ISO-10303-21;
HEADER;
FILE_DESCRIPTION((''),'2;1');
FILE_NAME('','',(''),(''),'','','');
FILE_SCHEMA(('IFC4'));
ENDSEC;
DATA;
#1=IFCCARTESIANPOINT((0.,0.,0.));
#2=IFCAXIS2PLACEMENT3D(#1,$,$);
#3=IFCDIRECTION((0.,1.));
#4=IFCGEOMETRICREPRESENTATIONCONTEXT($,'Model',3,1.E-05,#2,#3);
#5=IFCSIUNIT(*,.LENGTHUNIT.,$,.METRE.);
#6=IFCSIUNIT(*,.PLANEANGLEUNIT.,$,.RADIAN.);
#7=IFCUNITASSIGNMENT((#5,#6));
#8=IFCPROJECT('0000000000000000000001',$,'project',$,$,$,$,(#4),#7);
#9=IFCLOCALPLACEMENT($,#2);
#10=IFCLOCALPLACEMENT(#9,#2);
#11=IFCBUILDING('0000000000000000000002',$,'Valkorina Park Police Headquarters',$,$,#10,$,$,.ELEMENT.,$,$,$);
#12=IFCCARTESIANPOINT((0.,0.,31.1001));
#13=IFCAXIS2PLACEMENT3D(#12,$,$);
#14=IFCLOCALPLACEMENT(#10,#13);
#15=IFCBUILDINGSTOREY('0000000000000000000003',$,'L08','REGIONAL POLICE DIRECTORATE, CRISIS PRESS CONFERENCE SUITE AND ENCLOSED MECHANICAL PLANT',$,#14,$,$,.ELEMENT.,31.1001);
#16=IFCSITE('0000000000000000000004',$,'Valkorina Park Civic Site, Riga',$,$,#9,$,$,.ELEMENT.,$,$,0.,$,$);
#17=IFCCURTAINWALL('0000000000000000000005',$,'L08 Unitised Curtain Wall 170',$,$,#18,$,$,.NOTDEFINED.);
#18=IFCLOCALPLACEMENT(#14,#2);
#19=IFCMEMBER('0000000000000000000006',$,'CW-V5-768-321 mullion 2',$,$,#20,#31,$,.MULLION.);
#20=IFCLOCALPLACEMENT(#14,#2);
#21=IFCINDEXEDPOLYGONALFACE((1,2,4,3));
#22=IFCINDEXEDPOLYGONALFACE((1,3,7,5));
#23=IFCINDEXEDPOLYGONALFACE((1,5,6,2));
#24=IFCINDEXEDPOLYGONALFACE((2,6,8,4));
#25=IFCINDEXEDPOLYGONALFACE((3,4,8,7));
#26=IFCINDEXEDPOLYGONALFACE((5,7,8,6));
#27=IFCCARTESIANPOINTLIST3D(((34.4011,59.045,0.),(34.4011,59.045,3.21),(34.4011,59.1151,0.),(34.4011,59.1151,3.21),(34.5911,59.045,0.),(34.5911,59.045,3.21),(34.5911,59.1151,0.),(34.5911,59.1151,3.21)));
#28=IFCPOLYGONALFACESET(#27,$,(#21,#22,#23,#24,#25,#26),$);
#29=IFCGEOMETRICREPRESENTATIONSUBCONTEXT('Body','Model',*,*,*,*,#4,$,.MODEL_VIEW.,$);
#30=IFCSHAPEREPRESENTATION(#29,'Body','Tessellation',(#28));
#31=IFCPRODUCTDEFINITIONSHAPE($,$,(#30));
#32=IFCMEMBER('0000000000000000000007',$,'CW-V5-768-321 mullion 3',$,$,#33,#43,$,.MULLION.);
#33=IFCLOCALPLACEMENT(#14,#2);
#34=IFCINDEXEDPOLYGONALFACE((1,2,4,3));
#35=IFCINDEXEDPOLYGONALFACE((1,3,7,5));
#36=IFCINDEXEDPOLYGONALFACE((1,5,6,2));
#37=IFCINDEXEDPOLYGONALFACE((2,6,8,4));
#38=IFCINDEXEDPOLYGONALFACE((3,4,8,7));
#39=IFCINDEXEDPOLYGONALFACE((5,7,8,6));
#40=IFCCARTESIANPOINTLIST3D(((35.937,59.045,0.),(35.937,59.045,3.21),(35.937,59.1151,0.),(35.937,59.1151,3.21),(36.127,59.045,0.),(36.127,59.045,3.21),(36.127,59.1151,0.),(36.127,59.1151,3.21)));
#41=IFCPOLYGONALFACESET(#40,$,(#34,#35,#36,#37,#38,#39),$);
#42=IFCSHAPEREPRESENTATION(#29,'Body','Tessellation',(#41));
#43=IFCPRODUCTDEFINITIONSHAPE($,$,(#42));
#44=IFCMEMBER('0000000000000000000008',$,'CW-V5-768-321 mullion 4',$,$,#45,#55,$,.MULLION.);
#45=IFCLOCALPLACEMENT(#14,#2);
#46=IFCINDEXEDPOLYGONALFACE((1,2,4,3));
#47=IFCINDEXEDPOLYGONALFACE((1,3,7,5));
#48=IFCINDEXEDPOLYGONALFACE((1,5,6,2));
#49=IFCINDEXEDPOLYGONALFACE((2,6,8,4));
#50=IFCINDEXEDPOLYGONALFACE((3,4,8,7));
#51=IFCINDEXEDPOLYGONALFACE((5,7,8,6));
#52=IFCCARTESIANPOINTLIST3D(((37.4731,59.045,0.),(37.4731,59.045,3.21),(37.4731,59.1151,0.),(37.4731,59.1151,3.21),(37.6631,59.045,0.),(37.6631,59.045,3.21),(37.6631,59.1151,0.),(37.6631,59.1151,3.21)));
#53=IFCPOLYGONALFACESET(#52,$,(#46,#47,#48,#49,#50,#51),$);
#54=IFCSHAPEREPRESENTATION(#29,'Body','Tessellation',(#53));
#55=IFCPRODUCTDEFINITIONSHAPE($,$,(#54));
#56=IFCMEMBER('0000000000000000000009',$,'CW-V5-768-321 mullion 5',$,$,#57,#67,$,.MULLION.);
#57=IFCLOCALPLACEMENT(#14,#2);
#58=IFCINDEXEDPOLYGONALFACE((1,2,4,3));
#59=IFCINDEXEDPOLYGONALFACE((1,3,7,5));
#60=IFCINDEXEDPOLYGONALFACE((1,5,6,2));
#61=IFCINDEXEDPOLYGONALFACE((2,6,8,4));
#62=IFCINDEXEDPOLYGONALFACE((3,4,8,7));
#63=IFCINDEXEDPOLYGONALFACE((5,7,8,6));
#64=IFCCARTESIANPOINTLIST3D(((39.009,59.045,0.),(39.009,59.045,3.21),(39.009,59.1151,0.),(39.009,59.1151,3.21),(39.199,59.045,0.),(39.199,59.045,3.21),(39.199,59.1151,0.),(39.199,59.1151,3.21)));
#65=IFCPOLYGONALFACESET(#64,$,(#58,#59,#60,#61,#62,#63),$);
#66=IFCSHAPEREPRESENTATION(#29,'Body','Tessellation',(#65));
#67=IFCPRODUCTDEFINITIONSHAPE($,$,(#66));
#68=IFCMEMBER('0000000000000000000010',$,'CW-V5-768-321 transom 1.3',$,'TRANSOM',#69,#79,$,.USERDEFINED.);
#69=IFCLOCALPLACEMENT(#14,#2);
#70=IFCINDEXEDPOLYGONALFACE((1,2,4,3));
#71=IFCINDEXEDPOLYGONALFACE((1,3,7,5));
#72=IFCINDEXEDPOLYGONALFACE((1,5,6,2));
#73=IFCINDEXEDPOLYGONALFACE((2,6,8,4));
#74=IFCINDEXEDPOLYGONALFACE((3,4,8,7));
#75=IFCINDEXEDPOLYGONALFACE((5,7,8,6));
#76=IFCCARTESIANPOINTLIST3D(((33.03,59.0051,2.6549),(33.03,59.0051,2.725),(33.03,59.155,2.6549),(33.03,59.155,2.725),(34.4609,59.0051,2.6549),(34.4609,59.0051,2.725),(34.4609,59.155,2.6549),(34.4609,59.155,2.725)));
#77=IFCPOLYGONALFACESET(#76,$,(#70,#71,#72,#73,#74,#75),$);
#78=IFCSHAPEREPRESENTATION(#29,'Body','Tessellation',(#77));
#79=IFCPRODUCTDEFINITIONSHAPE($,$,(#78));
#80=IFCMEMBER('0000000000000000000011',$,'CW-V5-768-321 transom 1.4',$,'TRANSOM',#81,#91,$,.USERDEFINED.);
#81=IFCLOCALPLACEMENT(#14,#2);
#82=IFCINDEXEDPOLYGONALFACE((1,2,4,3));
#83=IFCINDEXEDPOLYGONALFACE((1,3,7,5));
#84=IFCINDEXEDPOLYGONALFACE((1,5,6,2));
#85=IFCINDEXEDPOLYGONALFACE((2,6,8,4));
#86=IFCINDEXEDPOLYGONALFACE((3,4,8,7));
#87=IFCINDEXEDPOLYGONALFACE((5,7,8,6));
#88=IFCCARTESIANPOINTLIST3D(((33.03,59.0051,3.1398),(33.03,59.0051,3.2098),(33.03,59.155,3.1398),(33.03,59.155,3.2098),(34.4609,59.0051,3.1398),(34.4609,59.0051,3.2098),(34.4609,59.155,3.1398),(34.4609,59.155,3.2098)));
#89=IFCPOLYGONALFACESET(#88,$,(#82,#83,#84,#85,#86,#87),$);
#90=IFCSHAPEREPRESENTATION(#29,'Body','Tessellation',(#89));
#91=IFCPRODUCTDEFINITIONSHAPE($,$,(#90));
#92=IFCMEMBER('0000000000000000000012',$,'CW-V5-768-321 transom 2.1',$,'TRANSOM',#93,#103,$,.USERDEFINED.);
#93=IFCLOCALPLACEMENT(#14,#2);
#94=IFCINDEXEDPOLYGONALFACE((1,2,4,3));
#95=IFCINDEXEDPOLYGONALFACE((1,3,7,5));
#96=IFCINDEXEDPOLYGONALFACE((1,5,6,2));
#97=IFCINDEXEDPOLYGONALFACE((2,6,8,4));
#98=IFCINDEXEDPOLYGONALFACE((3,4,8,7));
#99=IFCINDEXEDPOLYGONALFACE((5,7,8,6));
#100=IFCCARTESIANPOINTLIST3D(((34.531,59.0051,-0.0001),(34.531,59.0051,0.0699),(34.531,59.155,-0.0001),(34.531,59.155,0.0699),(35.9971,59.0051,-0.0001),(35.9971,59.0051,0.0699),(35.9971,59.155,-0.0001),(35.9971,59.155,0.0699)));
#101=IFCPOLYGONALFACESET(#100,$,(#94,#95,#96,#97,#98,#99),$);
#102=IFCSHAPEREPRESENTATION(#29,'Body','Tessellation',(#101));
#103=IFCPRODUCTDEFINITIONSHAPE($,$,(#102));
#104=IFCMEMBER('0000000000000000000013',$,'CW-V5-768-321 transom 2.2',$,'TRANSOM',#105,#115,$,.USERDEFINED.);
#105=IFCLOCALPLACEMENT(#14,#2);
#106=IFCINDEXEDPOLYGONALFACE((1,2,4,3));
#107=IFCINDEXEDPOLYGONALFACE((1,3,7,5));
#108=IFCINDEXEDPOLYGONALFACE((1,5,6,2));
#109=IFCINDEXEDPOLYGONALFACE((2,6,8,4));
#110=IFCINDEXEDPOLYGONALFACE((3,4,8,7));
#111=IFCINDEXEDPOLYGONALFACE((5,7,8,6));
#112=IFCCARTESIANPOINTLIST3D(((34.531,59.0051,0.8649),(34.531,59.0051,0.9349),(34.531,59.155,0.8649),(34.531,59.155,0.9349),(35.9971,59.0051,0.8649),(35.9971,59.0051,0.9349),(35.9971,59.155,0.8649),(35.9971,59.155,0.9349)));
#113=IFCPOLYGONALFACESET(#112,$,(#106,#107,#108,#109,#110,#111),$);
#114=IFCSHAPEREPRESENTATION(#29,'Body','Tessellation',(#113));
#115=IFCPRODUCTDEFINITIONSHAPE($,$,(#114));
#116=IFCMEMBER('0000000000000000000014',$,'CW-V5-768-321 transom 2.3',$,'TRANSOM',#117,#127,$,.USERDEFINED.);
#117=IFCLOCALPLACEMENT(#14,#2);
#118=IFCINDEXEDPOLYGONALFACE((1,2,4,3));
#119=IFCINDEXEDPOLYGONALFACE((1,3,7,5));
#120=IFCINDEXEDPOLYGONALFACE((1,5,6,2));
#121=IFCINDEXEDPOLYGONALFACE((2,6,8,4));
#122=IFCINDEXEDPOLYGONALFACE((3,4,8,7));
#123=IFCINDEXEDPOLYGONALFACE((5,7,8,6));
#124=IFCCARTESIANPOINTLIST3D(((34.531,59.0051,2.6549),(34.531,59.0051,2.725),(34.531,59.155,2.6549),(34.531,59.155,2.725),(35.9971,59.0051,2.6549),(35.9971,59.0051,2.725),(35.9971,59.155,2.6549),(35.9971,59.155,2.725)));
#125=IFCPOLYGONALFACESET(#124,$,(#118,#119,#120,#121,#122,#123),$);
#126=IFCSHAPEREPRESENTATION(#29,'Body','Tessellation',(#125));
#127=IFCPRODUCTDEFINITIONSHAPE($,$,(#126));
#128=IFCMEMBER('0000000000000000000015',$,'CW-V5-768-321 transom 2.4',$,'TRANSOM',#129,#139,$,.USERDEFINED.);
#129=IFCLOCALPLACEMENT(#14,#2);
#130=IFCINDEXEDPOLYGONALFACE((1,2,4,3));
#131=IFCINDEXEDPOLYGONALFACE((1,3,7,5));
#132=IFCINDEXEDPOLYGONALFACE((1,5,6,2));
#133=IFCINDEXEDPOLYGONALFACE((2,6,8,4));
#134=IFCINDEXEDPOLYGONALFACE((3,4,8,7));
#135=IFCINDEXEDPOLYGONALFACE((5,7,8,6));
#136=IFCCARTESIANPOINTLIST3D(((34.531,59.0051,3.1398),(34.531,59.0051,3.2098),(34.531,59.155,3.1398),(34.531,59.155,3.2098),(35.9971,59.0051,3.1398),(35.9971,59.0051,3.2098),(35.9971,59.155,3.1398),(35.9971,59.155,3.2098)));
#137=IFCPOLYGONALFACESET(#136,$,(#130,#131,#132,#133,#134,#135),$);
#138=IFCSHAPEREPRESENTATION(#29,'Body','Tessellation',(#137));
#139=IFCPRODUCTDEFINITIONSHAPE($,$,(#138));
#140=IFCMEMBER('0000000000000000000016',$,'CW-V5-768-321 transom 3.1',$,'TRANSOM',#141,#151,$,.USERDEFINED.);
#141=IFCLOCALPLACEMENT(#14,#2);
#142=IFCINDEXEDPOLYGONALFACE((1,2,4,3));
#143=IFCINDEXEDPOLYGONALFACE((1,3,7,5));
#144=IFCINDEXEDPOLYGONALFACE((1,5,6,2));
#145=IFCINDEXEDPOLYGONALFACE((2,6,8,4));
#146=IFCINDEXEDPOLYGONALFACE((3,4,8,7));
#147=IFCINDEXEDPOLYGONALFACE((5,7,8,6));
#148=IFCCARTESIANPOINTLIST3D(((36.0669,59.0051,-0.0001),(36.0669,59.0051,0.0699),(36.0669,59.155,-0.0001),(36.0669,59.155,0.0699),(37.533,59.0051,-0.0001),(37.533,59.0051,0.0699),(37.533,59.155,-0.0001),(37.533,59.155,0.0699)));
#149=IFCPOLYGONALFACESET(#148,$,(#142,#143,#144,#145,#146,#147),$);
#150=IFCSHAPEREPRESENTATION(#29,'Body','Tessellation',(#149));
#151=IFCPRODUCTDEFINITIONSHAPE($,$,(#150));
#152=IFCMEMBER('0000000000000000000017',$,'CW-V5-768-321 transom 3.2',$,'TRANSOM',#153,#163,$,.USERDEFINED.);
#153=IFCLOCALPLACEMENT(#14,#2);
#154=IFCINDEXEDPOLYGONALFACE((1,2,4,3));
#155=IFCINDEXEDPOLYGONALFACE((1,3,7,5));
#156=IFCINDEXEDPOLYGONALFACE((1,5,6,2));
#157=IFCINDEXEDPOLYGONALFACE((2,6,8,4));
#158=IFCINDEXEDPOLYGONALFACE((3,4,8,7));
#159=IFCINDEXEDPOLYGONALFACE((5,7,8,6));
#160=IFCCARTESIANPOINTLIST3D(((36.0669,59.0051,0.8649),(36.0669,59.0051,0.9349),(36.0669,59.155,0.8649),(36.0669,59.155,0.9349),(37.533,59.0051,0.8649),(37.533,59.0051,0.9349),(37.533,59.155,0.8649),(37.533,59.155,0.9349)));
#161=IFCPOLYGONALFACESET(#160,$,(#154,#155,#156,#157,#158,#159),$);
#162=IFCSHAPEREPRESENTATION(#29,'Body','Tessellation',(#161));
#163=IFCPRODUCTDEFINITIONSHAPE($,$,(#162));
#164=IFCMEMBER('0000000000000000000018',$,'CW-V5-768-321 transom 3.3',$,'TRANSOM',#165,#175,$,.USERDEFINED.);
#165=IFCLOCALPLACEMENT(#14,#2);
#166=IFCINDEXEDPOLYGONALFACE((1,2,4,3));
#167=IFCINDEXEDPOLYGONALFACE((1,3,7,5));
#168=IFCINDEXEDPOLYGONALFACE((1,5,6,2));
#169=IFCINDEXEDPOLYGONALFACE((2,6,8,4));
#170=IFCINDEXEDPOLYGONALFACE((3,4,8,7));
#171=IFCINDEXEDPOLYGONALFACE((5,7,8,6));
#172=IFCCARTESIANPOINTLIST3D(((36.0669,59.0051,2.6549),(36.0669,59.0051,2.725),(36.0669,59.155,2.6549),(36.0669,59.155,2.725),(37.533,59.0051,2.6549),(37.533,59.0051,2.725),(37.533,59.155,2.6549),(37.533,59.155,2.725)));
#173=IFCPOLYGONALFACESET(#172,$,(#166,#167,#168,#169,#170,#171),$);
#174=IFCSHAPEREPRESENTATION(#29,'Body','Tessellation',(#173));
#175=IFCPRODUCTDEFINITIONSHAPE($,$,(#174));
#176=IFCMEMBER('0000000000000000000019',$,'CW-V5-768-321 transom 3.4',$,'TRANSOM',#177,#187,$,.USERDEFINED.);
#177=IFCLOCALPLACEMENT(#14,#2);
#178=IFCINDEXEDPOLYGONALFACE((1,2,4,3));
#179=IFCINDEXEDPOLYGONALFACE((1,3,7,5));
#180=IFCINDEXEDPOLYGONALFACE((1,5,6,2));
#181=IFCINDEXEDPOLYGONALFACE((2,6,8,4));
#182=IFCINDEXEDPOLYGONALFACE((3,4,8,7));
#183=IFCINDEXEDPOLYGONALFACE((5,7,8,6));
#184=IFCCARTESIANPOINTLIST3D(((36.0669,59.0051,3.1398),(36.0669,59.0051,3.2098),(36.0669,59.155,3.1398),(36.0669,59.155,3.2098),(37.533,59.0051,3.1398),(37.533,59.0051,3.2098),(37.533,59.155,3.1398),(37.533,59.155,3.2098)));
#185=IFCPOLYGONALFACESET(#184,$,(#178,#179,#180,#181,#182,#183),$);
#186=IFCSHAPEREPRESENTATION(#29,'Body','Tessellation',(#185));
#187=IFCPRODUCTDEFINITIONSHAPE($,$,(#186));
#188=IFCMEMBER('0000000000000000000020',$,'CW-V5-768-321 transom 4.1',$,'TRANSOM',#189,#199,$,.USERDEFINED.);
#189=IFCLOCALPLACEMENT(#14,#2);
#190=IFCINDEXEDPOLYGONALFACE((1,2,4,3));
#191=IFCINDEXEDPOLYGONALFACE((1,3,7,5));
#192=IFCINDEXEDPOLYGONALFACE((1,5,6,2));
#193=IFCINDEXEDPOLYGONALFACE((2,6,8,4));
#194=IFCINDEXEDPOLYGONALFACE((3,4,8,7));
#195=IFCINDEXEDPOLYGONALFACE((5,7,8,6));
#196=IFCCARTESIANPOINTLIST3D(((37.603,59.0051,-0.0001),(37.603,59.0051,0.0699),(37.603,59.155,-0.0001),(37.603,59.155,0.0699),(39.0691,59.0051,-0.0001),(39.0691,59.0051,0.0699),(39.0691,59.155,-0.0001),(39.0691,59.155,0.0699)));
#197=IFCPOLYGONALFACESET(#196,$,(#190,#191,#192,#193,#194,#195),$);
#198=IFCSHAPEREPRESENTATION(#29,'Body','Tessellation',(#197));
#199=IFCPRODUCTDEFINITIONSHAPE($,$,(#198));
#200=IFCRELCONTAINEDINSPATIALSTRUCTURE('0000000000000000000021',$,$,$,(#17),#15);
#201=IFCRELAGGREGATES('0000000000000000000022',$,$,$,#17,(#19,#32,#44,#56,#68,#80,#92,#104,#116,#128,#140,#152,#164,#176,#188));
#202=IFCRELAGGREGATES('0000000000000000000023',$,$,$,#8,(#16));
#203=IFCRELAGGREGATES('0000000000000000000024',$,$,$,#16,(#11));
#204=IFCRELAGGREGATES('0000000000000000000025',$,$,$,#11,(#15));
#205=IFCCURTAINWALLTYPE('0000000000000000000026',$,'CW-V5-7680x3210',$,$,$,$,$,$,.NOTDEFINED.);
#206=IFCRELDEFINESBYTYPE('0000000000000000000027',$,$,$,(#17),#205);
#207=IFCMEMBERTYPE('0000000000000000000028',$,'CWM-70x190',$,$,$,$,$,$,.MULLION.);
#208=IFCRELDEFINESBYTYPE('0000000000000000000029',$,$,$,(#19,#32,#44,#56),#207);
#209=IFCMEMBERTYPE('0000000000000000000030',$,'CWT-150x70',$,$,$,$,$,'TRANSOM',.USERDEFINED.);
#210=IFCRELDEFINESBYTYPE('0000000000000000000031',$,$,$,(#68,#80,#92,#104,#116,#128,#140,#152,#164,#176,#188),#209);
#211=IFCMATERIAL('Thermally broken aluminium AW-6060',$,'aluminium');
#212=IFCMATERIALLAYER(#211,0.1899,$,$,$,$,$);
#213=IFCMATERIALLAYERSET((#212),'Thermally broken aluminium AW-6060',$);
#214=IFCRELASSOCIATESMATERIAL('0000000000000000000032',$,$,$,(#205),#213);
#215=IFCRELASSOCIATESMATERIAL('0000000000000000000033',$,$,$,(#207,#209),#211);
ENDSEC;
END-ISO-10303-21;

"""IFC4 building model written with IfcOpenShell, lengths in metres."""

from ifc_helpers import new_model, si_unit, direction, frame, origin, origin_2d, place, context, subcontext, project, spatial, rectangle, extrude, material, layer, layer_set, material_profile, profile_set, type_object, element, aggregate, save


model = new_model("IFC4")

# Units and contexts
model_context = context("Model", 3, precision=1e-05, world=origin(), true_north=direction((0.0, 1.0)))
body_context = subcontext(model_context, "Body", "Model", "MODEL_VIEW")
ifc_project = project(units=[si_unit("LENGTHUNIT", "METRE"), si_unit("PLANEANGLEUNIT", "RADIAN")], contexts=[model_context])

# Site, building, storey
site_placement = place(None, origin())
site = spatial("IfcSite", under=ifc_project, at=site_placement, Name="Valkorina Park Civic Site, Riga", CompositionType="ELEMENT", RefElevation=0.0)
building_placement = place(site_placement, origin())
building = spatial("IfcBuilding", under=site, at=building_placement, Name="Valkorina Park Police Headquarters", CompositionType="ELEMENT")
storey_placement = place(building_placement, frame((0.0, 0.0, 31.1001)))
storey = spatial("IfcBuildingStorey", under=building, at=storey_placement, Name="L08", Description="REGIONAL POLICE DIRECTORATE, CRISIS PRESS CONFERENCE SUITE AND ENCLOSED MECHANICAL PLANT", CompositionType="ELEMENT", Elevation=31.1001)

# Curtain wall, members
ifc_material_1 = material(Name="Thermally broken aluminium AW-6060", Category="aluminium")
ifc_layer_1 = layer(ifc_material_1, 0.1899)
ifc_layer_set_1 = layer_set([ifc_layer_1], Name="Thermally broken aluminium AW-6060")
curtain_wall_type = type_object("IfcCurtainWallType", Name="CW-V5-7680x3210", PredefinedType="NOTDEFINED", material=ifc_layer_set_1)
curtain_wall_placement = place(storey_placement, origin())
curtain_wall = element("IfcCurtainWall", 1, at=curtain_wall_placement, inside=storey, type_object=curtain_wall_type, Name="L08 Unitised Curtain Wall 170", PredefinedType="NOTDEFINED")
ifc_material_profile_1 = material_profile(ifc_material_1, rectangle(XDim=0.0701, YDim=0.1899, at=origin_2d()), Name="CWM-02 70x190")
ifc_profile_set_1 = profile_set([ifc_material_profile_1], Name="Thermally broken aluminium AW-6060")
member_type_1 = type_object("IfcMemberType", Name="CWM-70x190", PredefinedType="MULLION", material=ifc_profile_set_1)
member_1_placement = place(storey_placement, frame((34.4961, 59.0801, 0.0), z_axis=(0.0, 0.0, 1.0), x_axis=(0.0, 1.0, 0.0)))
member_1 = element("IfcMember", 2, at=member_1_placement, type_object=member_type_1, Name="CW-V5-768-321 mullion 2", PredefinedType="MULLION", context=body_context, shape_type="SweptSolid", body=[
    extrude(rectangle(XDim=0.0701, YDim=0.1899, at=origin_2d()), origin(), (0.0, 0.0, 1.0), 3.21),
])
member_2_placement = place(storey_placement, frame((36.032, 59.0801, 0.0), z_axis=(0.0, 0.0, 1.0), x_axis=(0.0, 1.0, 0.0)))
member_2 = element("IfcMember", 3, at=member_2_placement, type_object=member_type_1, Name="CW-V5-768-321 mullion 3", PredefinedType="MULLION", context=body_context, shape_type="SweptSolid", body=[
    extrude(rectangle(XDim=0.0701, YDim=0.1899, at=origin_2d()), origin(), (0.0, 0.0, 1.0), 3.21),
])
member_3_placement = place(storey_placement, frame((37.5681, 59.0801, 0.0), z_axis=(0.0, 0.0, 1.0), x_axis=(0.0, 1.0, 0.0)))
member_3 = element("IfcMember", 4, at=member_3_placement, type_object=member_type_1, Name="CW-V5-768-321 mullion 4", PredefinedType="MULLION", context=body_context, shape_type="SweptSolid", body=[
    extrude(rectangle(XDim=0.0701, YDim=0.1899, at=origin_2d()), origin(), (0.0, 0.0, 1.0), 3.21),
])
member_4_placement = place(storey_placement, frame((39.104, 59.0801, 0.0), z_axis=(0.0, 0.0, 1.0), x_axis=(0.0, 1.0, 0.0)))
member_4 = element("IfcMember", 5, at=member_4_placement, type_object=member_type_1, Name="CW-V5-768-321 mullion 5", PredefinedType="MULLION", context=body_context, shape_type="SweptSolid", body=[
    extrude(rectangle(XDim=0.0701, YDim=0.1899, at=origin_2d()), origin(), (0.0, 0.0, 1.0), 3.21),
])
ifc_material_profile_2 = material_profile(ifc_material_1, rectangle(XDim=0.1499, YDim=0.0701, at=origin_2d()), Name="CWT-02 150x70")
ifc_profile_set_2 = profile_set([ifc_material_profile_2], Name="Thermally broken aluminium AW-6060")
member_type_2 = type_object("IfcMemberType", Name="CWT-150x70", ElementType="TRANSOM", PredefinedType="USERDEFINED", material=ifc_profile_set_2)
member_5_placement = place(storey_placement, frame((33.03, 59.0801, 2.6899), z_axis=(1.0, 0.0, 0.0), x_axis=(0.0, 1.0, 0.0)))
member_5 = element("IfcMember", 6, at=member_5_placement, type_object=member_type_2, Name="CW-V5-768-321 transom 1.3", ObjectType="TRANSOM", PredefinedType="USERDEFINED", context=body_context, shape_type="SweptSolid", body=[
    extrude(rectangle(XDim=0.1499, YDim=0.0701, at=origin_2d()), origin(), (0.0, 0.0, 1.0), 1.4309),
])
member_6_placement = place(storey_placement, frame((33.03, 59.0801, 3.1748), z_axis=(1.0, 0.0, 0.0), x_axis=(0.0, 1.0, 0.0)))
member_6 = element("IfcMember", 7, at=member_6_placement, type_object=member_type_2, Name="CW-V5-768-321 transom 1.4", ObjectType="TRANSOM", PredefinedType="USERDEFINED", context=body_context, shape_type="SweptSolid", body=[
    extrude(rectangle(XDim=0.1499, YDim=0.0701, at=origin_2d()), origin(), (0.0, 0.0, 1.0), 1.4309),
])
member_7_placement = place(storey_placement, frame((34.531, 59.0801, 0.0349), z_axis=(1.0, 0.0, 0.0), x_axis=(0.0, 1.0, 0.0)))
member_7 = element("IfcMember", 8, at=member_7_placement, type_object=member_type_2, Name="CW-V5-768-321 transom 2.1", ObjectType="TRANSOM", PredefinedType="USERDEFINED", context=body_context, shape_type="SweptSolid", body=[
    extrude(rectangle(XDim=0.1499, YDim=0.0701, at=origin_2d()), origin(), (0.0, 0.0, 1.0), 1.4661),
])
member_8_placement = place(storey_placement, frame((34.531, 59.0801, 0.8999), z_axis=(1.0, 0.0, 0.0), x_axis=(0.0, 1.0, 0.0)))
member_8 = element("IfcMember", 9, at=member_8_placement, type_object=member_type_2, Name="CW-V5-768-321 transom 2.2", ObjectType="TRANSOM", PredefinedType="USERDEFINED", context=body_context, shape_type="SweptSolid", body=[
    extrude(rectangle(XDim=0.1499, YDim=0.0701, at=origin_2d()), origin(), (0.0, 0.0, 1.0), 1.4661),
])
member_9_placement = place(storey_placement, frame((34.531, 59.0801, 2.6899), z_axis=(1.0, 0.0, 0.0), x_axis=(0.0, 1.0, 0.0)))
member_9 = element("IfcMember", 10, at=member_9_placement, type_object=member_type_2, Name="CW-V5-768-321 transom 2.3", ObjectType="TRANSOM", PredefinedType="USERDEFINED", context=body_context, shape_type="SweptSolid", body=[
    extrude(rectangle(XDim=0.1499, YDim=0.0701, at=origin_2d()), origin(), (0.0, 0.0, 1.0), 1.4661),
])
member_10_placement = place(storey_placement, frame((34.531, 59.0801, 3.1748), z_axis=(1.0, 0.0, 0.0), x_axis=(0.0, 1.0, 0.0)))
member_10 = element("IfcMember", 11, at=member_10_placement, type_object=member_type_2, Name="CW-V5-768-321 transom 2.4", ObjectType="TRANSOM", PredefinedType="USERDEFINED", context=body_context, shape_type="SweptSolid", body=[
    extrude(rectangle(XDim=0.1499, YDim=0.0701, at=origin_2d()), origin(), (0.0, 0.0, 1.0), 1.4661),
])
member_11_placement = place(storey_placement, frame((36.0669, 59.0801, 0.0349), z_axis=(1.0, 0.0, 0.0), x_axis=(0.0, 1.0, 0.0)))
member_11 = element("IfcMember", 12, at=member_11_placement, type_object=member_type_2, Name="CW-V5-768-321 transom 3.1", ObjectType="TRANSOM", PredefinedType="USERDEFINED", context=body_context, shape_type="SweptSolid", body=[
    extrude(rectangle(XDim=0.1499, YDim=0.0701, at=origin_2d()), origin(), (0.0, 0.0, 1.0), 1.4661),
])
member_12_placement = place(storey_placement, frame((36.0669, 59.0801, 0.8999), z_axis=(1.0, 0.0, 0.0), x_axis=(0.0, 1.0, 0.0)))
member_12 = element("IfcMember", 13, at=member_12_placement, type_object=member_type_2, Name="CW-V5-768-321 transom 3.2", ObjectType="TRANSOM", PredefinedType="USERDEFINED", context=body_context, shape_type="SweptSolid", body=[
    extrude(rectangle(XDim=0.1499, YDim=0.0701, at=origin_2d()), origin(), (0.0, 0.0, 1.0), 1.4661),
])
member_13_placement = place(storey_placement, frame((36.0669, 59.0801, 2.6899), z_axis=(1.0, 0.0, 0.0), x_axis=(0.0, 1.0, 0.0)))
member_13 = element("IfcMember", 14, at=member_13_placement, type_object=member_type_2, Name="CW-V5-768-321 transom 3.3", ObjectType="TRANSOM", PredefinedType="USERDEFINED", context=body_context, shape_type="SweptSolid", body=[
    extrude(rectangle(XDim=0.1499, YDim=0.0701, at=origin_2d()), origin(), (0.0, 0.0, 1.0), 1.4661),
])
member_14_placement = place(storey_placement, frame((36.0669, 59.0801, 3.1748), z_axis=(1.0, 0.0, 0.0), x_axis=(0.0, 1.0, 0.0)))
member_14 = element("IfcMember", 15, at=member_14_placement, type_object=member_type_2, Name="CW-V5-768-321 transom 3.4", ObjectType="TRANSOM", PredefinedType="USERDEFINED", context=body_context, shape_type="SweptSolid", body=[
    extrude(rectangle(XDim=0.1499, YDim=0.0701, at=origin_2d()), origin(), (0.0, 0.0, 1.0), 1.4661),
])
member_15_placement = place(storey_placement, frame((37.603, 59.0801, 0.0349), z_axis=(1.0, 0.0, 0.0), x_axis=(0.0, 1.0, 0.0)))
member_15 = element("IfcMember", 16, at=member_15_placement, type_object=member_type_2, Name="CW-V5-768-321 transom 4.1", ObjectType="TRANSOM", PredefinedType="USERDEFINED", context=body_context, shape_type="SweptSolid", body=[
    extrude(rectangle(XDim=0.1499, YDim=0.0701, at=origin_2d()), origin(), (0.0, 0.0, 1.0), 1.4661),
])
aggregate(curtain_wall, [member_1, member_2, member_3, member_4, member_5, member_6, member_7, member_8, member_9, member_10, member_11, member_12, member_13, member_14, member_15])

save(model, "model.ifc")
